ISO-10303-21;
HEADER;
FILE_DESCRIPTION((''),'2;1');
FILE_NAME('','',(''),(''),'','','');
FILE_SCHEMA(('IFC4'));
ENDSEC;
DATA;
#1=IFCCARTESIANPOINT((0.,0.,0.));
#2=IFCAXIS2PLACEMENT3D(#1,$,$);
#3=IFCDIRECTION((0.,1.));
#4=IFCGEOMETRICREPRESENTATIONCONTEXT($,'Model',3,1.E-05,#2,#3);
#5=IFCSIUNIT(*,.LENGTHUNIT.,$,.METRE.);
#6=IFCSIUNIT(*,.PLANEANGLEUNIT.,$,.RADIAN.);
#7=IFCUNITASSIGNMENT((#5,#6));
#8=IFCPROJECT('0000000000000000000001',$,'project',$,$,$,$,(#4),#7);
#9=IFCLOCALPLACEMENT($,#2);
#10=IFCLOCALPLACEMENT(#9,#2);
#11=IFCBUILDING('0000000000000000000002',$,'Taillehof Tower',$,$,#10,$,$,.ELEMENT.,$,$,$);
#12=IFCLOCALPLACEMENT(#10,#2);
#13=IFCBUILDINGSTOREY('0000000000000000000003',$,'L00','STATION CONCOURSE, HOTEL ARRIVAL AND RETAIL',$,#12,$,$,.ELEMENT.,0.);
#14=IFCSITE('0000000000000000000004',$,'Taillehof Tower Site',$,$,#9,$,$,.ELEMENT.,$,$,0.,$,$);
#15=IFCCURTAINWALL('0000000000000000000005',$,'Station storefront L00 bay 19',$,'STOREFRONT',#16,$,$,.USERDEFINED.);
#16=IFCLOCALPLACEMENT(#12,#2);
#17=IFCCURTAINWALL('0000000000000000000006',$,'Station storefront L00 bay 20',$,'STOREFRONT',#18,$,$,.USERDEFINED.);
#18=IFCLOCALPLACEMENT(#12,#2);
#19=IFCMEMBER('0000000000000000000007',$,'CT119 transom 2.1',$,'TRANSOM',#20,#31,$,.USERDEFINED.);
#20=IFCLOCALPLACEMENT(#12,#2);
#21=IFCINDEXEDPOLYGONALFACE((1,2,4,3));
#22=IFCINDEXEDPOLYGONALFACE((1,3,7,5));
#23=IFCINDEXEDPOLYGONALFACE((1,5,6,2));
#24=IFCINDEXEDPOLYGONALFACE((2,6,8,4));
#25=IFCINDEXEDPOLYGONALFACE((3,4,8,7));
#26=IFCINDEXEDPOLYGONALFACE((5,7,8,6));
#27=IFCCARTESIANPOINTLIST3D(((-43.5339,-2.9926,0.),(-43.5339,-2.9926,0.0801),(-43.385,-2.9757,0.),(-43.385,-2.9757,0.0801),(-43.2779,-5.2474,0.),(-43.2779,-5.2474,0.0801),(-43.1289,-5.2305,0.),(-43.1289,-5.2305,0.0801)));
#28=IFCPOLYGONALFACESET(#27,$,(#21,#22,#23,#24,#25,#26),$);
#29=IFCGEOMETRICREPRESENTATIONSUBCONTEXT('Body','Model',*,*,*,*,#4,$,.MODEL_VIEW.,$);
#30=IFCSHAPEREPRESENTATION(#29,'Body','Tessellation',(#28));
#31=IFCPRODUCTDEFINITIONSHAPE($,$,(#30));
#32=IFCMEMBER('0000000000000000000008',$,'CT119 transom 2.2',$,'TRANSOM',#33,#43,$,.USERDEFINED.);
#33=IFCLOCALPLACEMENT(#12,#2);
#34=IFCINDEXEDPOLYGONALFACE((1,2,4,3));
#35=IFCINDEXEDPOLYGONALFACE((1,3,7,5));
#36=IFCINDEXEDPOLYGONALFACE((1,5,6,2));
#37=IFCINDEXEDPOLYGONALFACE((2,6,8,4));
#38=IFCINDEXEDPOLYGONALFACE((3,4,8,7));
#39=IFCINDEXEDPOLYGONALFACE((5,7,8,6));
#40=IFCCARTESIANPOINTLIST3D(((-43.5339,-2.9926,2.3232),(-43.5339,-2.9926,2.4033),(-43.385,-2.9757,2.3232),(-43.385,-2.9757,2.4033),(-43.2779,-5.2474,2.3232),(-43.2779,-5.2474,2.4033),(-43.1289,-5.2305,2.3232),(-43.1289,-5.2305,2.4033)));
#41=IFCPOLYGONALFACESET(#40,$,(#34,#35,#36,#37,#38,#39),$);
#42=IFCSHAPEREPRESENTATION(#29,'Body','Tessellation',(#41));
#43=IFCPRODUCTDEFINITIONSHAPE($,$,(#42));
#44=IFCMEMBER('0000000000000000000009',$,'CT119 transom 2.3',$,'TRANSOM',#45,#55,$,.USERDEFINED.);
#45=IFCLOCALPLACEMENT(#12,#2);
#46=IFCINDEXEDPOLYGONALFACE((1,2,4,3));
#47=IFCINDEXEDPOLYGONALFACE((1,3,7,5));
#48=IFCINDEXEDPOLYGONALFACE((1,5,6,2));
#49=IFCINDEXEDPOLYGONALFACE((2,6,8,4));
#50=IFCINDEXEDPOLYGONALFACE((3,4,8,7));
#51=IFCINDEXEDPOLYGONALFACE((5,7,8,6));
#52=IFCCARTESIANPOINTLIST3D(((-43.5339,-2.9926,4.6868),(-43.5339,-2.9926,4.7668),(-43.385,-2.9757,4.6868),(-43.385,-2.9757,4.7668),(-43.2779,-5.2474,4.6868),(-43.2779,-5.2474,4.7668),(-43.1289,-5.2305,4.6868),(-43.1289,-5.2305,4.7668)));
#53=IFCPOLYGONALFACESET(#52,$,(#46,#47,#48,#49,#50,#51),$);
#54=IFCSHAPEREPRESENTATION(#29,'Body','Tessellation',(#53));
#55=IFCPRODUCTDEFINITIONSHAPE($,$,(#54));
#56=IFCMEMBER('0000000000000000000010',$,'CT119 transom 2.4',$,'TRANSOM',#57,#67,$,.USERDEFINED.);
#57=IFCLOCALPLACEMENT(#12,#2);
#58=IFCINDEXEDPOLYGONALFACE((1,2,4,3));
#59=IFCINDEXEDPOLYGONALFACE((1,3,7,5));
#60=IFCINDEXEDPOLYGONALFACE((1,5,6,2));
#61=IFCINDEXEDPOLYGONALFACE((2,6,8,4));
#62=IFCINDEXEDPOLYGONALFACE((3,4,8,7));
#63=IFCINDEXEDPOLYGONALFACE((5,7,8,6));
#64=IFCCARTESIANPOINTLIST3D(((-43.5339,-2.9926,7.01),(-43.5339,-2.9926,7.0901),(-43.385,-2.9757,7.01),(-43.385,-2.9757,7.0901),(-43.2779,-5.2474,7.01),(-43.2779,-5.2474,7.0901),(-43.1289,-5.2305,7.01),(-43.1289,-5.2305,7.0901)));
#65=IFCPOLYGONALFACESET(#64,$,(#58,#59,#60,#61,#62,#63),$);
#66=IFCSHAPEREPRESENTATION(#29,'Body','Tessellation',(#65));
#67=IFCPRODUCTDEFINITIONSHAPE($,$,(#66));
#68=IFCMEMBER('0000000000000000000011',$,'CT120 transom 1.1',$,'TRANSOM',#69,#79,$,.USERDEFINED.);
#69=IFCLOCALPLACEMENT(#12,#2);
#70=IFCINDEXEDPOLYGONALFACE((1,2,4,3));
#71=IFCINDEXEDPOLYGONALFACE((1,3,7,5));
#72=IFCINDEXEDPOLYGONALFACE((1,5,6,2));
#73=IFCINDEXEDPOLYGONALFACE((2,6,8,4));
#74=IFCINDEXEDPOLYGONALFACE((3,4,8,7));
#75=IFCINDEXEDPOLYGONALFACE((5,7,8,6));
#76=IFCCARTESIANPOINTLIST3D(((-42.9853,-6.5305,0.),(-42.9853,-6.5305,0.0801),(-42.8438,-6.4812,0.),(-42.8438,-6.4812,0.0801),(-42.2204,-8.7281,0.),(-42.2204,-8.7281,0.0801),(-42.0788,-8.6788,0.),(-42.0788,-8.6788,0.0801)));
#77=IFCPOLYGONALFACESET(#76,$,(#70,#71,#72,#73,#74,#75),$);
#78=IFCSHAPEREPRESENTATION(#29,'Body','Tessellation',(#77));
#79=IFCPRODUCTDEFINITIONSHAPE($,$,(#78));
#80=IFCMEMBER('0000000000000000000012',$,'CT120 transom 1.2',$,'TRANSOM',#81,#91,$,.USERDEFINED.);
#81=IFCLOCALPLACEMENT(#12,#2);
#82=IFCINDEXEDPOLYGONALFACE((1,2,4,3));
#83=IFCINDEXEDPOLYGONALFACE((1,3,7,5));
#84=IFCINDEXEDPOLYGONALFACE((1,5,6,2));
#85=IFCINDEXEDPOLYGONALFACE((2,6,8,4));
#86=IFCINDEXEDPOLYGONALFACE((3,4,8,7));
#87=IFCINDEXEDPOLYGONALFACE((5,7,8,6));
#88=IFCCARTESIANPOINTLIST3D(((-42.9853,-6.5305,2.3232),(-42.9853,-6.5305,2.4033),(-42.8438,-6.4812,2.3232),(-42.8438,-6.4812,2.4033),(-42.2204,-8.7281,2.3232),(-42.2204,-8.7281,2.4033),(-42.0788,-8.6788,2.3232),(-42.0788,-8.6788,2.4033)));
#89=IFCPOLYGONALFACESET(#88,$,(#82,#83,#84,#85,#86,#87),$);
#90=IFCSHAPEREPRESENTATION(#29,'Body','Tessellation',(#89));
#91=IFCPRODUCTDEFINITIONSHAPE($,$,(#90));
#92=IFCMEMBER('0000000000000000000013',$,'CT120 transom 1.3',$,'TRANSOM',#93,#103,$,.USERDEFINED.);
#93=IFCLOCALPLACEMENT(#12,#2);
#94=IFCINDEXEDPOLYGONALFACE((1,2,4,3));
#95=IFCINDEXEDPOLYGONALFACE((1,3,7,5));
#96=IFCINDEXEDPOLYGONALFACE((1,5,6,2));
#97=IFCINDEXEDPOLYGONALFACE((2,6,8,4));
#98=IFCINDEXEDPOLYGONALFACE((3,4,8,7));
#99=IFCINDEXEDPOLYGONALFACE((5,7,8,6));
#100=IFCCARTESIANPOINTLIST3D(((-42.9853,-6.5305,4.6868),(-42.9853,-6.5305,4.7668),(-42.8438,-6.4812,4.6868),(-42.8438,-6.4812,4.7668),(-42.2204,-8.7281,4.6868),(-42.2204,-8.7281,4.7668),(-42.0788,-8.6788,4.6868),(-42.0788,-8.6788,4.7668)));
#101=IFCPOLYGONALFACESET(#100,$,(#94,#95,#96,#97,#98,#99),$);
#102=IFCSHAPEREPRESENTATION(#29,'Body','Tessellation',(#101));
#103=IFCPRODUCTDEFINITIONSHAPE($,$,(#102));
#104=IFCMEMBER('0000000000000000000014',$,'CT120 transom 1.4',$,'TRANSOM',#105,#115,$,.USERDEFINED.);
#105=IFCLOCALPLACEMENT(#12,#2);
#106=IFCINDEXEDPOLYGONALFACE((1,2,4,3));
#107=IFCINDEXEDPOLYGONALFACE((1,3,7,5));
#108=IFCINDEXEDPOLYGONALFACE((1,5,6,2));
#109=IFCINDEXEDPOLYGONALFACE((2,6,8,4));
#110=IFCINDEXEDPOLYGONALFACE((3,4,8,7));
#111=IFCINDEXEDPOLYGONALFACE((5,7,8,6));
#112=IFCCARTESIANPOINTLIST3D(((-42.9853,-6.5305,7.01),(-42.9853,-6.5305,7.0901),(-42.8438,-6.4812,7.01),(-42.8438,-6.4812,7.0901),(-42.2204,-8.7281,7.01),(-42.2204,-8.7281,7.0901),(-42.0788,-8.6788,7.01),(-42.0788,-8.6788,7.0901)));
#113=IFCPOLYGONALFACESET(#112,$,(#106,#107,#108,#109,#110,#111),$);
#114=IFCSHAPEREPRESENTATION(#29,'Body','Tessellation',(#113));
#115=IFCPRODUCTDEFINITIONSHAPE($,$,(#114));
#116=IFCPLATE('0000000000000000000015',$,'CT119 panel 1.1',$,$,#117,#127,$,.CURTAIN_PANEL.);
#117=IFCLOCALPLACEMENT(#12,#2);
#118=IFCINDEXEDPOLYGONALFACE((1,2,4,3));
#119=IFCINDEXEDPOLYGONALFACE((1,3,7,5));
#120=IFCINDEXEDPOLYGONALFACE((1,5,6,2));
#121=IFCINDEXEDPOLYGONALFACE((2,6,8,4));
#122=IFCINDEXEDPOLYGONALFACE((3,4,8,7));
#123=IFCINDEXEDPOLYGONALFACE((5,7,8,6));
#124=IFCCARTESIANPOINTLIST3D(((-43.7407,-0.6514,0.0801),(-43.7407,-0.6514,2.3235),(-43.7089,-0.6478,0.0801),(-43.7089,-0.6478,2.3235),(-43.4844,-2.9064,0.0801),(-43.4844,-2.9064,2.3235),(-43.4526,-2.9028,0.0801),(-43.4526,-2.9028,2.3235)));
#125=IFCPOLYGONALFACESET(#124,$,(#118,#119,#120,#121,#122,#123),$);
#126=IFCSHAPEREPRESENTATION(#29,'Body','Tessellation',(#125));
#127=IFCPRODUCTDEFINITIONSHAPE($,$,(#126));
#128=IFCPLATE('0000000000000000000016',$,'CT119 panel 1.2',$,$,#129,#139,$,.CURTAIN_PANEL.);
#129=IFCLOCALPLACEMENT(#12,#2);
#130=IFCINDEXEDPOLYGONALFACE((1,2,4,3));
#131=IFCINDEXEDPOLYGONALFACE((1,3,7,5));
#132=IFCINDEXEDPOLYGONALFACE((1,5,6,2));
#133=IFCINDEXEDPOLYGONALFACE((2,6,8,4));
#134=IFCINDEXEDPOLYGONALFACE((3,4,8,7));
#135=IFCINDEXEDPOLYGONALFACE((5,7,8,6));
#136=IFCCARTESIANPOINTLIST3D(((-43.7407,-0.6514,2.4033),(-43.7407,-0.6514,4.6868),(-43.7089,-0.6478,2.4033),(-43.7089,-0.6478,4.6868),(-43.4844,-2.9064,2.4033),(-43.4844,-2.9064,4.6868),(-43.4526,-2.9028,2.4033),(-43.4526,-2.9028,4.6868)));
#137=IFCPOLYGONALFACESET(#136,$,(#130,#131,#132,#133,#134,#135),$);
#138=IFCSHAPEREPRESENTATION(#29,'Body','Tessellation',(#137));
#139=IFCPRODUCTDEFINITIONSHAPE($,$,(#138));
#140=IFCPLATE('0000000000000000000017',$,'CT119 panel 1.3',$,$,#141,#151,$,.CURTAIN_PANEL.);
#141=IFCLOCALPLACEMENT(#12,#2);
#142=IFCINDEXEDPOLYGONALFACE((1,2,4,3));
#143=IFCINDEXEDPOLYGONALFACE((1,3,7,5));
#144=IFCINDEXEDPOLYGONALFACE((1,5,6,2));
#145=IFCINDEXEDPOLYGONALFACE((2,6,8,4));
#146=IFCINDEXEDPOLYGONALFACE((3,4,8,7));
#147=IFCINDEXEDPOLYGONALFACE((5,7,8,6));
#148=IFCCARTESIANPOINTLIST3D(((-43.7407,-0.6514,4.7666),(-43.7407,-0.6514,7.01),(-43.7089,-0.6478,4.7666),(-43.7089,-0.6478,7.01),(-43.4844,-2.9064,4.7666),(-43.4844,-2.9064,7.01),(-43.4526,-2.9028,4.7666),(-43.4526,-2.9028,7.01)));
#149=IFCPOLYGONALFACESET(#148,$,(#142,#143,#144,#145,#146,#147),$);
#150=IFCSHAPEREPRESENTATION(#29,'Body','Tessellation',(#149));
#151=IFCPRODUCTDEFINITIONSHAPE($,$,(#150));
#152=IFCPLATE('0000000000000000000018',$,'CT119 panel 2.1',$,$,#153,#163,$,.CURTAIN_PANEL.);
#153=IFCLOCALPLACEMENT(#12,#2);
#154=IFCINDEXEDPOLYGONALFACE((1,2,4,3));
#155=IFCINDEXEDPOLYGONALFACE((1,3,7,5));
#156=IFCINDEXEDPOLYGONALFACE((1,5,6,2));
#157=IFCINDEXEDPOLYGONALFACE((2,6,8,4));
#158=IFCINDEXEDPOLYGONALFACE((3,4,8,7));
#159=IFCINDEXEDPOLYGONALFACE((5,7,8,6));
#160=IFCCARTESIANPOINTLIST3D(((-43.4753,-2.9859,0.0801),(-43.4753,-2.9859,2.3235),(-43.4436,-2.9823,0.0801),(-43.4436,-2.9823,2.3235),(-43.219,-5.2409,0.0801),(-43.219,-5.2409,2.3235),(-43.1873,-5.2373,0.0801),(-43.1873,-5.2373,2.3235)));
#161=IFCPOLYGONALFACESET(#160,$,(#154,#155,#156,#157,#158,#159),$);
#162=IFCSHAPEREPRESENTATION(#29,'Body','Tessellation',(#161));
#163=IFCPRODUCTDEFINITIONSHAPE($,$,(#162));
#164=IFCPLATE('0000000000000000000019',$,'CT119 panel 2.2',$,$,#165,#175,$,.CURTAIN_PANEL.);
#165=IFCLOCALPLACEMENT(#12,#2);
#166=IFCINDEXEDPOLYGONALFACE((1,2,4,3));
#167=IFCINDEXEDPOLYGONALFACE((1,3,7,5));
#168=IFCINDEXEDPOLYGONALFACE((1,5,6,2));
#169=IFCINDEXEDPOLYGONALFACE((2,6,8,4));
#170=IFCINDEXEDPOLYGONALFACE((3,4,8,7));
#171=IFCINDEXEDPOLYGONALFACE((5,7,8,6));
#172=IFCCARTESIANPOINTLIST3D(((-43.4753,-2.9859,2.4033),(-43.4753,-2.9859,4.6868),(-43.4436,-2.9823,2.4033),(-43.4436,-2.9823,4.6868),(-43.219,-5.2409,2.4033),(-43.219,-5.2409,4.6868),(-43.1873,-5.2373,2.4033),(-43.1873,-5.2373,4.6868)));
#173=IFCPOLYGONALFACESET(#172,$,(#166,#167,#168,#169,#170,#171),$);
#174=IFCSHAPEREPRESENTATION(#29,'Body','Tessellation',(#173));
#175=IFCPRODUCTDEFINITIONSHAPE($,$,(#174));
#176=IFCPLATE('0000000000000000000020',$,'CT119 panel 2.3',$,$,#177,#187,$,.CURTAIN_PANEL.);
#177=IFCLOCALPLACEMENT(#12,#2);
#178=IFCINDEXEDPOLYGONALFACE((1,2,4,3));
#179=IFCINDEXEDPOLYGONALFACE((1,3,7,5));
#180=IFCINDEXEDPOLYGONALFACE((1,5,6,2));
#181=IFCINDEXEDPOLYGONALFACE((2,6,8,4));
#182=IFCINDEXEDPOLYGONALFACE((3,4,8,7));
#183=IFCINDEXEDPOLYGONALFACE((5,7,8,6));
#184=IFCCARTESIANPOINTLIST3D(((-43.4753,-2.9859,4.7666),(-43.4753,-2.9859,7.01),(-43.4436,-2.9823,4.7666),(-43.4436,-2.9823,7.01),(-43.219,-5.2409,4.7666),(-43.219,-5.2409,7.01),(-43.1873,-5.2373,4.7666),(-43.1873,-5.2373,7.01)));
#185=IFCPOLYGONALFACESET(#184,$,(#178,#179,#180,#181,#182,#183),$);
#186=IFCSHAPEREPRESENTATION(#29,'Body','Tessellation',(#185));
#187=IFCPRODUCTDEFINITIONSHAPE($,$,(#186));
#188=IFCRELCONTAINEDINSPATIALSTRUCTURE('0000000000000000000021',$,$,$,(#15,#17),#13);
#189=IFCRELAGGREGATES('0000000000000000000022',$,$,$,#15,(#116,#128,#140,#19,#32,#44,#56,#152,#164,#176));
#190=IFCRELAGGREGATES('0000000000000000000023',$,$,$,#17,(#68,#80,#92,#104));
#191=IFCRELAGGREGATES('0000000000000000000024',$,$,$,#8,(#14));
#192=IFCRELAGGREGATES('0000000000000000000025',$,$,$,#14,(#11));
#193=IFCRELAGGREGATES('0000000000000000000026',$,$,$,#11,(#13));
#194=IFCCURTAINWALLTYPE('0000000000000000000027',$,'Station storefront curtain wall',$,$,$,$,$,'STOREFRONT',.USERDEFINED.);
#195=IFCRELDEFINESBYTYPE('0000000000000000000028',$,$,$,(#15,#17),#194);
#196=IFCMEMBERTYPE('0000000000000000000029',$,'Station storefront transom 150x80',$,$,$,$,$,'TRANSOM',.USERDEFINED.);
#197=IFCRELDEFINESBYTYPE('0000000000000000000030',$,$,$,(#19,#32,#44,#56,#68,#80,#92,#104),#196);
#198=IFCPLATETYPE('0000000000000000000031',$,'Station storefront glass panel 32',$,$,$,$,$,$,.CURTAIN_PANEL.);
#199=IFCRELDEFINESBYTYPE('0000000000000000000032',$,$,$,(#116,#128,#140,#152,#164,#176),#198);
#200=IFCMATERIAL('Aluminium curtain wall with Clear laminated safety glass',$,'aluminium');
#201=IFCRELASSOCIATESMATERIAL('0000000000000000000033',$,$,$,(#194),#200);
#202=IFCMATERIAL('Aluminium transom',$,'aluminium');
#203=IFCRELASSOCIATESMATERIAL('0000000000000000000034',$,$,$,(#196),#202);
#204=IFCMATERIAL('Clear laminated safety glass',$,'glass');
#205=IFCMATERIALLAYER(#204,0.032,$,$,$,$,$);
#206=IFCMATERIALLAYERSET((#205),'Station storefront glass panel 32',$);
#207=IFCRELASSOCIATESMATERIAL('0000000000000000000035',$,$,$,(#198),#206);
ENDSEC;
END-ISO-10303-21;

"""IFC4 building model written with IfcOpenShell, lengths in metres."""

from ifc_helpers import new_model, si_unit, direction, frame, origin, origin_2d, place, context, subcontext, project, spatial, rectangle, extrude, material, layer, layer_set, material_profile, profile_set, type_object, element, aggregate, save


model = new_model("IFC4")

# Units and contexts
model_context = context("Model", 3, precision=1e-05, world=origin(), true_north=direction((0.0, 1.0)))
body_context = subcontext(model_context, "Body", "Model", "MODEL_VIEW")
ifc_project = project(units=[si_unit("LENGTHUNIT", "METRE"), si_unit("PLANEANGLEUNIT", "RADIAN")], contexts=[model_context])

# Site, building, storey
site_placement = place(None, origin())
site = spatial("IfcSite", under=ifc_project, at=site_placement, Name="Taillehof Tower Site", CompositionType="ELEMENT", RefElevation=0.0)
building_placement = place(site_placement, origin())
building = spatial("IfcBuilding", under=site, at=building_placement, Name="Taillehof Tower", CompositionType="ELEMENT")
storey_placement = place(building_placement, origin())
storey = spatial("IfcBuildingStorey", under=building, at=storey_placement, Name="L00", Description="STATION CONCOURSE, HOTEL ARRIVAL AND RETAIL", CompositionType="ELEMENT", Elevation=0.0)

# Curtain wall
ifc_material_1 = material(Name="Aluminium curtain wall with Clear laminated safety glass", Category="aluminium")
curtain_wall_type = type_object("IfcCurtainWallType", Name="Station storefront curtain wall", ElementType="STOREFRONT", PredefinedType="USERDEFINED", material=ifc_material_1)
curtain_wall_1_placement = place(storey_placement, origin())
curtain_wall_1 = element("IfcCurtainWall", 1, at=curtain_wall_1_placement, inside=storey, type_object=curtain_wall_type, Name="Station storefront L00 bay 19", ObjectType="STOREFRONT", PredefinedType="USERDEFINED")

# Curtain wall
curtain_wall_2_placement = place(storey_placement, origin())
curtain_wall_2 = element("IfcCurtainWall", 2, at=curtain_wall_2_placement, inside=storey, type_object=curtain_wall_type, Name="Station storefront L00 bay 20", ObjectType="STOREFRONT", PredefinedType="USERDEFINED")

# Members
ifc_material_2 = material(Name="Aluminium transom", Category="aluminium")
ifc_material_profile_1 = material_profile(ifc_material_2, rectangle(XDim=0.1499, YDim=0.0801, at=origin_2d()), Name="AL 150x80")
ifc_profile_set_1 = profile_set([ifc_material_profile_1], Name="Aluminium transom")
member_type_1 = type_object("IfcMemberType", Name="Station storefront transom 150x80", ElementType="TRANSOM", PredefinedType="USERDEFINED", material=ifc_profile_set_1)
member_1_placement = place(storey_placement, frame((-43.4595, -2.9841, 0.04), z_axis=(0.112852, -0.993612, 0.0), x_axis=(0.993612, 0.112852, 0.0)))
member_1 = element("IfcMember", 3, at=member_1_placement, type_object=member_type_1, Name="CT119 transom 2.1", ObjectType="TRANSOM", PredefinedType="USERDEFINED", context=body_context, shape_type="SweptSolid", body=[
    extrude(rectangle(XDim=0.1499, YDim=0.0801, at=origin_2d()), origin(), (0.0, 0.0, 1.0), 2.2693),
])
member_2_placement = place(storey_placement, frame((-43.4595, -2.9841, 2.3633), z_axis=(0.112852, -0.993612, 0.0), x_axis=(0.993612, 0.112852, 0.0)))
member_2 = element("IfcMember", 4, at=member_2_placement, type_object=member_type_1, Name="CT119 transom 2.2", ObjectType="TRANSOM", PredefinedType="USERDEFINED", context=body_context, shape_type="SweptSolid", body=[
    extrude(rectangle(XDim=0.1499, YDim=0.0801, at=origin_2d()), origin(), (0.0, 0.0, 1.0), 2.2693),
])
member_3_placement = place(storey_placement, frame((-43.4595, -2.9841, 4.7268), z_axis=(0.112852, -0.993612, 0.0), x_axis=(0.993612, 0.112852, 0.0)))
member_3 = element("IfcMember", 5, at=member_3_placement, type_object=member_type_1, Name="CT119 transom 2.3", ObjectType="TRANSOM", PredefinedType="USERDEFINED", context=body_context, shape_type="SweptSolid", body=[
    extrude(rectangle(XDim=0.1499, YDim=0.0801, at=origin_2d()), origin(), (0.0, 0.0, 1.0), 2.2693),
])
member_4_placement = place(storey_placement, frame((-43.4595, -2.9841, 7.05), z_axis=(0.112852, -0.993612, 0.0), x_axis=(0.993612, 0.112852, 0.0)))
member_4 = element("IfcMember", 6, at=member_4_placement, type_object=member_type_1, Name="CT119 transom 2.4", ObjectType="TRANSOM", PredefinedType="USERDEFINED", context=body_context, shape_type="SweptSolid", body=[
    extrude(rectangle(XDim=0.1499, YDim=0.0801, at=origin_2d()), origin(), (0.0, 0.0, 1.0), 2.2693),
])
member_5_placement = place(storey_placement, frame((-42.9146, -6.5059, 0.04), z_axis=(0.328728, -0.944425, 0.0), x_axis=(0.944425, 0.328728, 0.0)))
member_5 = element("IfcMember", 7, at=member_5_placement, type_object=member_type_1, Name="CT120 transom 1.1", ObjectType="TRANSOM", PredefinedType="USERDEFINED", context=body_context, shape_type="SweptSolid", body=[
    extrude(rectangle(XDim=0.1499, YDim=0.0801, at=origin_2d()), origin(), (0.0, 0.0, 1.0), 2.3269),
])
member_6_placement = place(storey_placement, frame((-42.9146, -6.5059, 2.3633), z_axis=(0.328728, -0.944425, 0.0), x_axis=(0.944425, 0.328728, 0.0)))
member_6 = element("IfcMember", 8, at=member_6_placement, type_object=member_type_1, Name="CT120 transom 1.2", ObjectType="TRANSOM", PredefinedType="USERDEFINED", context=body_context, shape_type="SweptSolid", body=[
    extrude(rectangle(XDim=0.1499, YDim=0.0801, at=origin_2d()), origin(), (0.0, 0.0, 1.0), 2.3269),
])
member_7_placement = place(storey_placement, frame((-42.9146, -6.5059, 4.7268), z_axis=(0.328728, -0.944425, 0.0), x_axis=(0.944425, 0.328728, 0.0)))
member_7 = element("IfcMember", 9, at=member_7_placement, type_object=member_type_1, Name="CT120 transom 1.3", ObjectType="TRANSOM", PredefinedType="USERDEFINED", context=body_context, shape_type="SweptSolid", body=[
    extrude(rectangle(XDim=0.1499, YDim=0.0801, at=origin_2d()), origin(), (0.0, 0.0, 1.0), 2.3269),
])
member_8_placement = place(storey_placement, frame((-42.9146, -6.5059, 7.05), z_axis=(0.328728, -0.944425, 0.0), x_axis=(0.944425, 0.328728, 0.0)))
member_8 = element("IfcMember", 10, at=member_8_placement, type_object=member_type_1, Name="CT120 transom 1.4", ObjectType="TRANSOM", PredefinedType="USERDEFINED", context=body_context, shape_type="SweptSolid", body=[
    extrude(rectangle(XDim=0.1499, YDim=0.0801, at=origin_2d()), origin(), (0.0, 0.0, 1.0), 2.3269),
])

# Plates
ifc_material_3 = material(Name="Clear laminated safety glass", Category="glass")
ifc_layer_1 = layer(ifc_material_3, 0.032)
ifc_layer_set_1 = layer_set([ifc_layer_1], Name="Station storefront glass panel 32")
plate_type = type_object("IfcPlateType", Name="Station storefront glass panel 32", PredefinedType="CURTAIN_PANEL", material=ifc_layer_set_1)
plate_1_placement = place(storey_placement, frame((-43.5967, -1.7771, 0.0801), z_axis=(0.0, 0.0, 1.0), x_axis=(0.112932, -0.993603, 0.0)))
plate_1 = element("IfcPlate", 11, at=plate_1_placement, type_object=plate_type, Name="CT119 panel 1.1", PredefinedType="CURTAIN_PANEL", context=body_context, shape_type="SweptSolid", body=[
    extrude(rectangle(XDim=2.2695, YDim=0.032, at=origin_2d()), origin(), (0.0, 0.0, 1.0), 2.2434),
])
plate_2_placement = place(storey_placement, frame((-43.5967, -1.7771, 2.4033), z_axis=(0.0, 0.0, 1.0), x_axis=(0.112932, -0.993603, 0.0)))
plate_2 = element("IfcPlate", 12, at=plate_2_placement, type_object=plate_type, Name="CT119 panel 1.2", PredefinedType="CURTAIN_PANEL", context=body_context, shape_type="SweptSolid", body=[
    extrude(rectangle(XDim=2.2695, YDim=0.032, at=origin_2d()), origin(), (0.0, 0.0, 1.0), 2.2834),
])
plate_3_placement = place(storey_placement, frame((-43.5967, -1.7771, 4.7666), z_axis=(0.0, 0.0, 1.0), x_axis=(0.112932, -0.993603, 0.0)))
plate_3 = element("IfcPlate", 13, at=plate_3_placement, type_object=plate_type, Name="CT119 panel 1.3", PredefinedType="CURTAIN_PANEL", context=body_context, shape_type="SweptSolid", body=[
    extrude(rectangle(XDim=2.2695, YDim=0.032, at=origin_2d()), origin(), (0.0, 0.0, 1.0), 2.2434),
])
plate_4_placement = place(storey_placement, frame((-43.3313, -4.1116, 0.0801), z_axis=(0.0, 0.0, 1.0), x_axis=(0.112932, -0.993603, 0.0)))
plate_4 = element("IfcPlate", 14, at=plate_4_placement, type_object=plate_type, Name="CT119 panel 2.1", PredefinedType="CURTAIN_PANEL", context=body_context, shape_type="SweptSolid", body=[
    extrude(rectangle(XDim=2.2695, YDim=0.032, at=origin_2d()), origin(), (0.0, 0.0, 1.0), 2.2434),
])
plate_5_placement = place(storey_placement, frame((-43.3313, -4.1116, 2.4033), z_axis=(0.0, 0.0, 1.0), x_axis=(0.112932, -0.993603, 0.0)))
plate_5 = element("IfcPlate", 15, at=plate_5_placement, type_object=plate_type, Name="CT119 panel 2.2", PredefinedType="CURTAIN_PANEL", context=body_context, shape_type="SweptSolid", body=[
    extrude(rectangle(XDim=2.2695, YDim=0.032, at=origin_2d()), origin(), (0.0, 0.0, 1.0), 2.2834),
])
plate_6_placement = place(storey_placement, frame((-43.3313, -4.1116, 4.7666), z_axis=(0.0, 0.0, 1.0), x_axis=(0.112932, -0.993603, 0.0)))
plate_6 = element("IfcPlate", 16, at=plate_6_placement, type_object=plate_type, Name="CT119 panel 2.3", PredefinedType="CURTAIN_PANEL", context=body_context, shape_type="SweptSolid", body=[
    extrude(rectangle(XDim=2.2695, YDim=0.032, at=origin_2d()), origin(), (0.0, 0.0, 1.0), 2.2434),
])
aggregate(curtain_wall_1, [plate_1, plate_2, plate_3, member_1, member_2, member_3, member_4, plate_4, plate_5, plate_6])
aggregate(curtain_wall_2, [member_5, member_6, member_7, member_8])

save(model, "model.ifc")
